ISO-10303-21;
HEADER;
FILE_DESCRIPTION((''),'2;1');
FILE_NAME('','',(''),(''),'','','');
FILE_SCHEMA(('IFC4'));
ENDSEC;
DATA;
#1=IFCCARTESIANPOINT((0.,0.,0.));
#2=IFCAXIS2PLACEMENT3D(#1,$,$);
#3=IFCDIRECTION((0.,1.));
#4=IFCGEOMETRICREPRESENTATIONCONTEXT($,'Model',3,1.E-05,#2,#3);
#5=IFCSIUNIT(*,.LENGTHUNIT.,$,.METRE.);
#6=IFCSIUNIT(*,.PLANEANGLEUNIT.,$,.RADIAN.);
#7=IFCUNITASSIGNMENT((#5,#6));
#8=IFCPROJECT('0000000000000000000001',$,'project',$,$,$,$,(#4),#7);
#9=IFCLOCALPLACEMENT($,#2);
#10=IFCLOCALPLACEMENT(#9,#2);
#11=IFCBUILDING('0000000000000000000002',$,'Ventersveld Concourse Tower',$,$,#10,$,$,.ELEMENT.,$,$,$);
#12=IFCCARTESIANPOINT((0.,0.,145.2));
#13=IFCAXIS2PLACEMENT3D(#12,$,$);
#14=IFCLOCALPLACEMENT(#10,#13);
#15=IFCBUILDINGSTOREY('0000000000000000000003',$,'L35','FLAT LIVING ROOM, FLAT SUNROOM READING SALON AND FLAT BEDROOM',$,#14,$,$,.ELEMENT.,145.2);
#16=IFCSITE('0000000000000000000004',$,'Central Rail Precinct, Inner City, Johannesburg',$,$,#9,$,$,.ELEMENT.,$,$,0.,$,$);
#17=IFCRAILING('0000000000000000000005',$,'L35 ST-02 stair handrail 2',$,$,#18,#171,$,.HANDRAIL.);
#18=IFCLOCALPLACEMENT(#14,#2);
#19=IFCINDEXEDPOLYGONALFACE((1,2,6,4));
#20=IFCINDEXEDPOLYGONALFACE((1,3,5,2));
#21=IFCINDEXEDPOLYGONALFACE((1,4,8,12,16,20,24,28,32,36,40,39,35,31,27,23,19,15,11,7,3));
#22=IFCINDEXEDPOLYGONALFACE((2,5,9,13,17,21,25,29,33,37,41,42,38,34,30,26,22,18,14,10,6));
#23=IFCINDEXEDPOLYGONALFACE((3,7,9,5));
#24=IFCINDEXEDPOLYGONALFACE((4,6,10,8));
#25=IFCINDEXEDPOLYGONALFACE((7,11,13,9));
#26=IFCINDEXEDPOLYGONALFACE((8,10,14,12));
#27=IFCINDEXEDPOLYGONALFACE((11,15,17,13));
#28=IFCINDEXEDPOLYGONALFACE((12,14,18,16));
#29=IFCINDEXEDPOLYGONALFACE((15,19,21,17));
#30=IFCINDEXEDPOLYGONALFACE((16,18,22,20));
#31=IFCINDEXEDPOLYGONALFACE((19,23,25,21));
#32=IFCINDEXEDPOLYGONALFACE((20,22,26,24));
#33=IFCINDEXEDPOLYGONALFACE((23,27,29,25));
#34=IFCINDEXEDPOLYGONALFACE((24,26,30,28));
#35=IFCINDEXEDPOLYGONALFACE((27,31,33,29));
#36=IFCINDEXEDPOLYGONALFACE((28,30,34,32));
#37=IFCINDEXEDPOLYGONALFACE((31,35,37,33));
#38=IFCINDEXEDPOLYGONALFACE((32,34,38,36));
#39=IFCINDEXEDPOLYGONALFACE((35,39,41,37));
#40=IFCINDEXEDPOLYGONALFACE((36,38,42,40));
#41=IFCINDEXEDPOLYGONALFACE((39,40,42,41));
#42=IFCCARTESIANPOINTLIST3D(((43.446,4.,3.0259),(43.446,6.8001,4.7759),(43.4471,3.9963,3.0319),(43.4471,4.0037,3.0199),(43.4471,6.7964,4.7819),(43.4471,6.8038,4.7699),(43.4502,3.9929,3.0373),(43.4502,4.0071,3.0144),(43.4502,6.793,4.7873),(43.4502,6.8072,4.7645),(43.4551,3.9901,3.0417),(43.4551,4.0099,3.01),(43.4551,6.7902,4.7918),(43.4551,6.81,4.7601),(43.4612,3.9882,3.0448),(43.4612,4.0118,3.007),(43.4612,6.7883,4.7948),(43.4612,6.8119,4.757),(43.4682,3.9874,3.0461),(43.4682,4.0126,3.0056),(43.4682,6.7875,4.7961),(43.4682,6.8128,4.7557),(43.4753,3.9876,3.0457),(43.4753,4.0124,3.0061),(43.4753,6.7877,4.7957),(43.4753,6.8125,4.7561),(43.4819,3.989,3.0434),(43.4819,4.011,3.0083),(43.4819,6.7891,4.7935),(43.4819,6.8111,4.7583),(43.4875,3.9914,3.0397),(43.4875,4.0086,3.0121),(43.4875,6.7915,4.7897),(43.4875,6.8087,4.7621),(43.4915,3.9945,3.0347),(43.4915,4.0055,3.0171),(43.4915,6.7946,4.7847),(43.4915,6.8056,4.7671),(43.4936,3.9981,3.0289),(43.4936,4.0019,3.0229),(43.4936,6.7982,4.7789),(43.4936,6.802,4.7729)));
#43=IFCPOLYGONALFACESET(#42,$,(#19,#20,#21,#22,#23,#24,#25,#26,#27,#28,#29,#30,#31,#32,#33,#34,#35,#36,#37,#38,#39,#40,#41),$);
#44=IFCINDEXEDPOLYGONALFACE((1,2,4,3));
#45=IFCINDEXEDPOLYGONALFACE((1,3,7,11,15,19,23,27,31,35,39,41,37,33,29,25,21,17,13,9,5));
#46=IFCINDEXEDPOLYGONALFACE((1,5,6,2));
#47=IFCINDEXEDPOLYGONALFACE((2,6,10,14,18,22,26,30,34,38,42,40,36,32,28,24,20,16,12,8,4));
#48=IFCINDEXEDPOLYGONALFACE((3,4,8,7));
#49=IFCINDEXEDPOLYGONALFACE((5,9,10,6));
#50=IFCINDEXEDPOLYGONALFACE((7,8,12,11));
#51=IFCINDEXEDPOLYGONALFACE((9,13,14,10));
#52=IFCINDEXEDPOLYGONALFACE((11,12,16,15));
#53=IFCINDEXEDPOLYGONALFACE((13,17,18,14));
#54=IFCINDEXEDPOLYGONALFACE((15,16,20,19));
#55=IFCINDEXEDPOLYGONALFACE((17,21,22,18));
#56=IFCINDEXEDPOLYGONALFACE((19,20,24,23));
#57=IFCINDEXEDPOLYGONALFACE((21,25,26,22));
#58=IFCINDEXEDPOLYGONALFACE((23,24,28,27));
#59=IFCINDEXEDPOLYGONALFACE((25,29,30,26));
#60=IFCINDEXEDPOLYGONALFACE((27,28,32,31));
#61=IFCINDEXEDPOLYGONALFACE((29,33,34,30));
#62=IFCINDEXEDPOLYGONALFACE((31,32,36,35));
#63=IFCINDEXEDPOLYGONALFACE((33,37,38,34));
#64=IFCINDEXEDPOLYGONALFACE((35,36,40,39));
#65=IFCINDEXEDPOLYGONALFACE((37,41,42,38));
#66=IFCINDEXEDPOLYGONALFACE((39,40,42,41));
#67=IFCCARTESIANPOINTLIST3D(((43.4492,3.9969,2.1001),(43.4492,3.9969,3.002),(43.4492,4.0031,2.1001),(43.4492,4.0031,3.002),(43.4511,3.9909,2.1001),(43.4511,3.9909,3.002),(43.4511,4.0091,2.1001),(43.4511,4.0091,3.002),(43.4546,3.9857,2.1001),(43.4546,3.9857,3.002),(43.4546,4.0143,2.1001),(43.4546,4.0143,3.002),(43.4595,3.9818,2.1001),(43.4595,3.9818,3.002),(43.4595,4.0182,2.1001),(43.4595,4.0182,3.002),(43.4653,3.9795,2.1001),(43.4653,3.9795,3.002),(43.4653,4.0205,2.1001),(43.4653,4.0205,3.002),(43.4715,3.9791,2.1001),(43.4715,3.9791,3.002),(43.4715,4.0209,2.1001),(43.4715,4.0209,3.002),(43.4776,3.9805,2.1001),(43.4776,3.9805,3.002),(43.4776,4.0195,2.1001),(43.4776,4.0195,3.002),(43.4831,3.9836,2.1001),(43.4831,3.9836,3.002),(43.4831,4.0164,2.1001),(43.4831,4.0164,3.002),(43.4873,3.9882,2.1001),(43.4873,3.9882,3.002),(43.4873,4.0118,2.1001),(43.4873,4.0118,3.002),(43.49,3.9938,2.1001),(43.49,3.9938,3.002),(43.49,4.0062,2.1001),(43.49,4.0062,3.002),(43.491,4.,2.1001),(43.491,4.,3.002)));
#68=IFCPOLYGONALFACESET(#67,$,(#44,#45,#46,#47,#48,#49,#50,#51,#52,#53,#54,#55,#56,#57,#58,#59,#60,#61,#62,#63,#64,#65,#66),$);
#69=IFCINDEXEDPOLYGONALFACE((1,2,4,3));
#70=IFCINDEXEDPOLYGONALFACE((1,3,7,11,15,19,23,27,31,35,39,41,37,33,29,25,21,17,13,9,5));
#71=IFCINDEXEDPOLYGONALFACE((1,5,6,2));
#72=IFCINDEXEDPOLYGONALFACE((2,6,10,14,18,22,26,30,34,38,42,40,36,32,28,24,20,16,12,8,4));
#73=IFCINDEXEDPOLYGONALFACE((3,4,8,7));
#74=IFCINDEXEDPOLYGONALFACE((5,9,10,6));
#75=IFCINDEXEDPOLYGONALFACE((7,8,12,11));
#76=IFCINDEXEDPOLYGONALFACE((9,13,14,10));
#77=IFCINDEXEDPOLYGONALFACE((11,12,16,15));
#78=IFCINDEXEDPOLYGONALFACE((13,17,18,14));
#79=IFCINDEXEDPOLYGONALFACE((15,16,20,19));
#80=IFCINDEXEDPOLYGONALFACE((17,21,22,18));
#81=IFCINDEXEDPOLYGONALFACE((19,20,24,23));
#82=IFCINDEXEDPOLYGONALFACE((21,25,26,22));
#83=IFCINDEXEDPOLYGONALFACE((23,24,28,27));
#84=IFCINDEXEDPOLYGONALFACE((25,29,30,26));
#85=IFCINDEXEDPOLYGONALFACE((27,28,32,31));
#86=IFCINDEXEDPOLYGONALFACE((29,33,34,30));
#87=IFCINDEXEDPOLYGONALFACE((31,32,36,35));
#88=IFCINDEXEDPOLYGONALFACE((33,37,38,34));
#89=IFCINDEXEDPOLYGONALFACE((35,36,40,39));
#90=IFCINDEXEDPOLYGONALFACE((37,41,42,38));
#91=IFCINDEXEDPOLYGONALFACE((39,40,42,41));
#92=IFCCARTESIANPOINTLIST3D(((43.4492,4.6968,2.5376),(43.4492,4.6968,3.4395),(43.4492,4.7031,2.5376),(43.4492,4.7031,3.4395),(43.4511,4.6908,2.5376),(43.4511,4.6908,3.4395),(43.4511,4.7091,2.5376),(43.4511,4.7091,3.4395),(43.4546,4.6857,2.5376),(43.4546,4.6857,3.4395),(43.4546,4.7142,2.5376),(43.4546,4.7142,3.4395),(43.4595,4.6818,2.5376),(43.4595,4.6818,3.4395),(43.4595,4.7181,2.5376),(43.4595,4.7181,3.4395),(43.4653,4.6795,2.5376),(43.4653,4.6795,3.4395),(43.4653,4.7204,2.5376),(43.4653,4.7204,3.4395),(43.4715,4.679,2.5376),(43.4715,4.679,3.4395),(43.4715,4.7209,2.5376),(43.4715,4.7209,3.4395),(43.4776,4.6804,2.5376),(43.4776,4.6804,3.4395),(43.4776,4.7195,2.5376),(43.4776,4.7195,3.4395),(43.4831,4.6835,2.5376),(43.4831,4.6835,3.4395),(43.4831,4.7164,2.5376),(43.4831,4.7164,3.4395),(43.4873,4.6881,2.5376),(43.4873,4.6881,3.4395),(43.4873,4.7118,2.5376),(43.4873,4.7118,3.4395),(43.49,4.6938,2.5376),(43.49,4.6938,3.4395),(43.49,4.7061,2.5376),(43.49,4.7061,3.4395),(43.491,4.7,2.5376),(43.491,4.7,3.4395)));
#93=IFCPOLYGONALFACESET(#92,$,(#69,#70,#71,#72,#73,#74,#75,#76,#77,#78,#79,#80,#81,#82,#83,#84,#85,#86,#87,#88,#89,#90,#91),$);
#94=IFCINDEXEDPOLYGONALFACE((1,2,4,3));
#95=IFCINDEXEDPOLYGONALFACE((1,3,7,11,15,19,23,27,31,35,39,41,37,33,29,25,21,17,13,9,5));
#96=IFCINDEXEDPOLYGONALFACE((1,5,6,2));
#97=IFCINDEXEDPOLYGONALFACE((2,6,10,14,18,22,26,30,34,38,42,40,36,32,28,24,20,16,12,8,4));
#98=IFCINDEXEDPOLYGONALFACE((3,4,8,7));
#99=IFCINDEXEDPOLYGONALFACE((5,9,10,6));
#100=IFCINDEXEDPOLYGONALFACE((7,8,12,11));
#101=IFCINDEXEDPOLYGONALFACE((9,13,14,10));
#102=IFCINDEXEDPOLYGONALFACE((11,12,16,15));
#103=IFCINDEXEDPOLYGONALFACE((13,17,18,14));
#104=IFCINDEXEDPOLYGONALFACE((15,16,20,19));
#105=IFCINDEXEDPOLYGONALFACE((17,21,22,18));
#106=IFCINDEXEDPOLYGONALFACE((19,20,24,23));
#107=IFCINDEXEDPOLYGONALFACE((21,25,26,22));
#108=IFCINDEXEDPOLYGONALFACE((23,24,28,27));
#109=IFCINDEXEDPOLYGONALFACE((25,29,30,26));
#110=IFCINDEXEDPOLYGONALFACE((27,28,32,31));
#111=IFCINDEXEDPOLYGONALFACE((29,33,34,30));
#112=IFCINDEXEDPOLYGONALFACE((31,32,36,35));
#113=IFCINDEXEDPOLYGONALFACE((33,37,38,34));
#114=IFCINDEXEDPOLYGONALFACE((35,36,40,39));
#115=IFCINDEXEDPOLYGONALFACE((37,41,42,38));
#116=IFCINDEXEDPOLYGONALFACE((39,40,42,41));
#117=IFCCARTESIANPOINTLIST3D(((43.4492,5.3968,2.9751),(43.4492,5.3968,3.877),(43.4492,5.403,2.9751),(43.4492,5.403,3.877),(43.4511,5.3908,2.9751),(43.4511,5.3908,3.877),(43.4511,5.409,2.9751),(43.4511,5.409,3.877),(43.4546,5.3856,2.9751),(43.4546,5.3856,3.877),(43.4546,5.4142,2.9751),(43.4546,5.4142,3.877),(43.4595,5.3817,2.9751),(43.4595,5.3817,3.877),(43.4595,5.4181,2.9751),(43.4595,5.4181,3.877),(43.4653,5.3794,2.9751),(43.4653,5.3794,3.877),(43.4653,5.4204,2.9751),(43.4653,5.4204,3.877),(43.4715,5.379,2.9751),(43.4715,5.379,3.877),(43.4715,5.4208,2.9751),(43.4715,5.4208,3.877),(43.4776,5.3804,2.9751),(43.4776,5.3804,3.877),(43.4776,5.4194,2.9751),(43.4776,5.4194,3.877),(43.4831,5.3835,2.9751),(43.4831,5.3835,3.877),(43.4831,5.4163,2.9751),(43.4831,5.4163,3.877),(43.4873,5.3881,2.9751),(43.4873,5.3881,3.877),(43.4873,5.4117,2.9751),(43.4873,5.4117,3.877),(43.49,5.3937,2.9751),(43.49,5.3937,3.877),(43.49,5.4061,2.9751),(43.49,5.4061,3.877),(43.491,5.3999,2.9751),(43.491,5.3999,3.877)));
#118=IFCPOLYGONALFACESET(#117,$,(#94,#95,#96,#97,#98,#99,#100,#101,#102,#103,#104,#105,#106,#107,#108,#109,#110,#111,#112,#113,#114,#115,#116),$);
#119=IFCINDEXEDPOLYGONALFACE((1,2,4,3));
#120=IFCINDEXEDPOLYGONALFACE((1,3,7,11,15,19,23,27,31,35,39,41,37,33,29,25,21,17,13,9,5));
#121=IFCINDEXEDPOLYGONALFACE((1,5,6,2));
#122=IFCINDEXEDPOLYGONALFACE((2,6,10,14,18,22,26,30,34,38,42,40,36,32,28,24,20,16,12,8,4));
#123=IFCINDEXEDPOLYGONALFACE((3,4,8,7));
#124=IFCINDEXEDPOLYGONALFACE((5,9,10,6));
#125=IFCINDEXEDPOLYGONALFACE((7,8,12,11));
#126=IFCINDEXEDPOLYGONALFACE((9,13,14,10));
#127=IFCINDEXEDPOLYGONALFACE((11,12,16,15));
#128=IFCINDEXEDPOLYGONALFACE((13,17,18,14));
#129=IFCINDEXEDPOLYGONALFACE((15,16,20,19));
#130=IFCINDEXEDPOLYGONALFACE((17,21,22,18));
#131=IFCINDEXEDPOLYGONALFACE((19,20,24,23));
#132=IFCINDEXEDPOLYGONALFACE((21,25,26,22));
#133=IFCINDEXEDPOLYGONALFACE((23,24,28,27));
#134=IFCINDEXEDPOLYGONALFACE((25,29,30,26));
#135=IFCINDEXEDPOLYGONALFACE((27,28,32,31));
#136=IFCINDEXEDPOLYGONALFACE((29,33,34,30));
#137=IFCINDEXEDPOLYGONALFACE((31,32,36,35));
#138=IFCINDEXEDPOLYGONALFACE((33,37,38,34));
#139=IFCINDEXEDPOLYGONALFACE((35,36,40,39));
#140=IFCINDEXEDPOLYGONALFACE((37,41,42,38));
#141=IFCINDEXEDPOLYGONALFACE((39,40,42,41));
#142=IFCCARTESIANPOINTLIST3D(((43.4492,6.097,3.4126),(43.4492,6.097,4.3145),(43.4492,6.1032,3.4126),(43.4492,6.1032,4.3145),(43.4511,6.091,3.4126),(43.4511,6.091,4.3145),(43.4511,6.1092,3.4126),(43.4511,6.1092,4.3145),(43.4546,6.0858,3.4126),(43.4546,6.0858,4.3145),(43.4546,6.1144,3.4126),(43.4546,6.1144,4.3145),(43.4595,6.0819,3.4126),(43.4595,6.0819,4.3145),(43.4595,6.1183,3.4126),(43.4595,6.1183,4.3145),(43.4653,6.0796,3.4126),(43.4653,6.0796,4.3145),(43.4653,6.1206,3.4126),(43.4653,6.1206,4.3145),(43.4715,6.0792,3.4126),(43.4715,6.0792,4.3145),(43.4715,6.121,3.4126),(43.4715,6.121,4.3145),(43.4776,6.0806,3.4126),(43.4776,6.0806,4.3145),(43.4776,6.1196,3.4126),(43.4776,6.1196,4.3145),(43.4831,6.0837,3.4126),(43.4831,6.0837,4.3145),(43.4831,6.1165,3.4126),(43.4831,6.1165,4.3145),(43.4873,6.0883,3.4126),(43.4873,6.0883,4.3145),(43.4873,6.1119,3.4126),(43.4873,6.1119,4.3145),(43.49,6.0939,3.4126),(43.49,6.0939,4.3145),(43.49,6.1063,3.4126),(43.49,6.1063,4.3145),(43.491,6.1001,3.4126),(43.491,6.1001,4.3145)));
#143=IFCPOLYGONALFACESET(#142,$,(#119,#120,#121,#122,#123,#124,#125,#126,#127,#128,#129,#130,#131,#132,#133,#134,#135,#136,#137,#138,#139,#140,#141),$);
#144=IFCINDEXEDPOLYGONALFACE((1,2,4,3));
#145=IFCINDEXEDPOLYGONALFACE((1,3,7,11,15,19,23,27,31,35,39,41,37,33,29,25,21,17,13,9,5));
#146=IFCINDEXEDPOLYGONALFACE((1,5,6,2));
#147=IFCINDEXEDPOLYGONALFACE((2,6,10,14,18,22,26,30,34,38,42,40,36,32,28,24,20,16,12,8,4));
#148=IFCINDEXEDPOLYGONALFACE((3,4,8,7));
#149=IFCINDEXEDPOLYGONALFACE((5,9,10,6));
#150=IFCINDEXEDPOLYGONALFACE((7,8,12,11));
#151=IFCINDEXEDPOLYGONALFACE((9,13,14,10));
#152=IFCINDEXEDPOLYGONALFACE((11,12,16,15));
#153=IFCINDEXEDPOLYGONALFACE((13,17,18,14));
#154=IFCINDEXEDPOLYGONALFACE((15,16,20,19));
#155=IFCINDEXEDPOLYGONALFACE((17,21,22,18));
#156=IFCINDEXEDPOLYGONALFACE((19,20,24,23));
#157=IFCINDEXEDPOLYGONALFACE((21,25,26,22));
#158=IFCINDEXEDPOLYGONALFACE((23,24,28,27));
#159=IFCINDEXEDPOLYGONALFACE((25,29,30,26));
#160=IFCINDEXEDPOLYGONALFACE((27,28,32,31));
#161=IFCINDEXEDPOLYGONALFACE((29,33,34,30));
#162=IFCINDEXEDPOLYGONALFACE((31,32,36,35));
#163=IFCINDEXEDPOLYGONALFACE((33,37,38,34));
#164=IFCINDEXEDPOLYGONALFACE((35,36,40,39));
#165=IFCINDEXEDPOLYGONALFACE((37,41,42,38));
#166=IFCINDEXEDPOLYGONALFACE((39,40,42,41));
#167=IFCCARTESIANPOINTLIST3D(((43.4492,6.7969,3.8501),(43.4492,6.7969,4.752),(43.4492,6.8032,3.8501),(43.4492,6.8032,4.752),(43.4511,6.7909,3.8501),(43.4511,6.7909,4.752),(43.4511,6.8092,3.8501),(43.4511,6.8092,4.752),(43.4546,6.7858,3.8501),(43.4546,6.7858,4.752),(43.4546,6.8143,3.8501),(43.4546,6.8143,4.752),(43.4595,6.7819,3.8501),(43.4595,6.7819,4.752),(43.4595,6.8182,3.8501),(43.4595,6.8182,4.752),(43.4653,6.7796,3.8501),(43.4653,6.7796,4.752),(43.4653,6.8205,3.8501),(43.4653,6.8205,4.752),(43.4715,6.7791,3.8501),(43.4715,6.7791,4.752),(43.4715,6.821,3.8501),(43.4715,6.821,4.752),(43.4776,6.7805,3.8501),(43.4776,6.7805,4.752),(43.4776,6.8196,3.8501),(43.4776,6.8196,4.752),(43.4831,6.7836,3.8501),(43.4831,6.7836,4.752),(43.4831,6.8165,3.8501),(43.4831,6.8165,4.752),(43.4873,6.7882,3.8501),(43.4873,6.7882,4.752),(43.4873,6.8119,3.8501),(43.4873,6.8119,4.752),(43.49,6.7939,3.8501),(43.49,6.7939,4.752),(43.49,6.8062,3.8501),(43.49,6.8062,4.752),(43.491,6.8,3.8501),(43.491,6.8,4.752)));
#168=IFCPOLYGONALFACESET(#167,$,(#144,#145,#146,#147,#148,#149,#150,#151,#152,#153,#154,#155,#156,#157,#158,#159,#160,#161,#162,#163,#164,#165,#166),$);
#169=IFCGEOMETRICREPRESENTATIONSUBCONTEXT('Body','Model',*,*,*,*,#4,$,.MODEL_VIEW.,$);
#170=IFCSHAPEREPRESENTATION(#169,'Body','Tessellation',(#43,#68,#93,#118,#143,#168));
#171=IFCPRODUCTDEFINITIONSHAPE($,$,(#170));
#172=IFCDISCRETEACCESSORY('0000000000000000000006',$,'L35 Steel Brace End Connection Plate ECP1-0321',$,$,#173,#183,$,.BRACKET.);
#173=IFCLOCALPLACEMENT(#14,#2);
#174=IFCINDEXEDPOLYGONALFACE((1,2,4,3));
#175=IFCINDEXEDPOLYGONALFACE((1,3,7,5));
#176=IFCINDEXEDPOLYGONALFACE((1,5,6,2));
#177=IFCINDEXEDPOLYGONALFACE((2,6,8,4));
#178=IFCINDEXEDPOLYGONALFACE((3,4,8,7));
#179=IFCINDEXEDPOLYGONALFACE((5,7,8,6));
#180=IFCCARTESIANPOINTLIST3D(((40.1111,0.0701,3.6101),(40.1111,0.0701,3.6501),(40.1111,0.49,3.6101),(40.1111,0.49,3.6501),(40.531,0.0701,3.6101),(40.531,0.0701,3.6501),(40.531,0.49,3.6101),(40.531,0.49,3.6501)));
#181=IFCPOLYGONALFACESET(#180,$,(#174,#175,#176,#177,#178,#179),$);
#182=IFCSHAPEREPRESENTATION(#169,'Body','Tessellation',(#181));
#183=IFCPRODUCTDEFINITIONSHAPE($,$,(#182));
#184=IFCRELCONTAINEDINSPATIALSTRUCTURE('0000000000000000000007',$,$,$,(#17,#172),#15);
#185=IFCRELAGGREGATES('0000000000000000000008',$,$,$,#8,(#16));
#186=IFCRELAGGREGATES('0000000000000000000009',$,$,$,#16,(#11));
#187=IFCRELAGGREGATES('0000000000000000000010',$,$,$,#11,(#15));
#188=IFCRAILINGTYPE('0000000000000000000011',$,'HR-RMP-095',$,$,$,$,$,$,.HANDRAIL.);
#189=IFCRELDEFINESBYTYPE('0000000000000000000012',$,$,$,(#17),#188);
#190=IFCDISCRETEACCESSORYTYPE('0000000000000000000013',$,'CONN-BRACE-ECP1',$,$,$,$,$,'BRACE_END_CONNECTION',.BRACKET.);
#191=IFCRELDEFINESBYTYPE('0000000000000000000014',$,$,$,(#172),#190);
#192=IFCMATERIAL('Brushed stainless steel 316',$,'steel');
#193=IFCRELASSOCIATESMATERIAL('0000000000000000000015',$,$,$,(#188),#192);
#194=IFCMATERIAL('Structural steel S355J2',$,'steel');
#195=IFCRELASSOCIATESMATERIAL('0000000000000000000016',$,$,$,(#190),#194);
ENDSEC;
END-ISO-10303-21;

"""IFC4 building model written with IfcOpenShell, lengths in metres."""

from ifc_helpers import new_model, si_unit, direction, frame, origin, origin_2d, place, context, subcontext, project, spatial, rectangle, circle, extrude, material, type_object, element, save


model = new_model("IFC4")

# Units and contexts
model_context = context("Model", 3, precision=1e-05, world=origin(), true_north=direction((0.0, 1.0)))
body_context = subcontext(model_context, "Body", "Model", "MODEL_VIEW")
ifc_project = project(units=[si_unit("LENGTHUNIT", "METRE"), si_unit("PLANEANGLEUNIT", "RADIAN")], contexts=[model_context])

# Site, building, storey
site_placement = place(None, origin())
site = spatial("IfcSite", under=ifc_project, at=site_placement, Name="Central Rail Precinct, Inner City, Johannesburg", CompositionType="ELEMENT", RefElevation=0.0)
building_placement = place(site_placement, origin())
building = spatial("IfcBuilding", under=site, at=building_placement, Name="Ventersveld Concourse Tower", CompositionType="ELEMENT")
storey_placement = place(building_placement, frame((0.0, 0.0, 145.2)))
storey = spatial("IfcBuildingStorey", under=building, at=storey_placement, Name="L35", Description="FLAT LIVING ROOM, FLAT SUNROOM READING SALON AND FLAT BEDROOM", CompositionType="ELEMENT", Elevation=145.2)

# Shared definitions
ifc_material_1 = material(Name="Structural steel S355J2", Category="steel")

# Railing
ifc_material_2 = material(Name="Brushed stainless steel 316", Category="steel")
railing_type_1 = type_object("IfcRailingType", Name="HR-RMP-095", PredefinedType="HANDRAIL", material=ifc_material_2)
railing_1_placement = place(storey_placement, frame((43.47, 4.0, 2.1001)))
element("IfcRailing", 1, at=railing_1_placement, inside=storey, type_object=railing_type_1, Name="L35 ST-02 stair handrail 2", PredefinedType="HANDRAIL", context=body_context, shape_type="SweptSolid", body=[
    extrude(circle(Radius=0.0239, at=origin_2d()), frame((0.0, 0.0, 0.9258), z_axis=(0.0, 0.848002, 0.529992), x_axis=(-1.0, 0.0, 0.0)), (0.0, 0.0, 1.0), 3.302),
    extrude(circle(Radius=0.021, at=origin_2d()), origin(), (0.0, 0.0, 1.0), 0.9019),
    extrude(circle(Radius=0.021, at=origin_2d()), frame((0.0, 0.7, 0.4375)), (0.0, 0.0, 1.0), 0.9019),
    extrude(circle(Radius=0.021, at=origin_2d()), frame((0.0, 1.3999, 0.875)), (0.0, 0.0, 1.0), 0.9019),
    extrude(circle(Radius=0.021, at=origin_2d()), frame((0.0, 2.1001, 1.3125)), (0.0, 0.0, 1.0), 0.9019),
    extrude(circle(Radius=0.021, at=origin_2d()), frame((0.0, 2.8, 1.75)), (0.0, 0.0, 1.0), 0.9019),
])

# Discrete accessory
discrete_accessory_type = type_object("IfcDiscreteAccessoryType", Name="CONN-BRACE-ECP1", ElementType="BRACE_END_CONNECTION", PredefinedType="BRACKET", material=ifc_material_1)
discrete_accessory_placement = place(storey_placement, frame((40.321, 0.28, 3.6101), z_axis=(0.0, 0.0, 1.0), x_axis=(1.0, 0.0, 0.0)))
element("IfcDiscreteAccessory", 2, at=discrete_accessory_placement, inside=storey, type_object=discrete_accessory_type, Name="L35 Steel Brace End Connection Plate ECP1-0321", PredefinedType="BRACKET", context=body_context, shape_type="SweptSolid", body=[
    extrude(rectangle(XDim=0.4199, YDim=0.4199, at=origin_2d()), origin(), (0.0, 0.0, 1.0), 0.04),
])

save(model, "model.ifc")
